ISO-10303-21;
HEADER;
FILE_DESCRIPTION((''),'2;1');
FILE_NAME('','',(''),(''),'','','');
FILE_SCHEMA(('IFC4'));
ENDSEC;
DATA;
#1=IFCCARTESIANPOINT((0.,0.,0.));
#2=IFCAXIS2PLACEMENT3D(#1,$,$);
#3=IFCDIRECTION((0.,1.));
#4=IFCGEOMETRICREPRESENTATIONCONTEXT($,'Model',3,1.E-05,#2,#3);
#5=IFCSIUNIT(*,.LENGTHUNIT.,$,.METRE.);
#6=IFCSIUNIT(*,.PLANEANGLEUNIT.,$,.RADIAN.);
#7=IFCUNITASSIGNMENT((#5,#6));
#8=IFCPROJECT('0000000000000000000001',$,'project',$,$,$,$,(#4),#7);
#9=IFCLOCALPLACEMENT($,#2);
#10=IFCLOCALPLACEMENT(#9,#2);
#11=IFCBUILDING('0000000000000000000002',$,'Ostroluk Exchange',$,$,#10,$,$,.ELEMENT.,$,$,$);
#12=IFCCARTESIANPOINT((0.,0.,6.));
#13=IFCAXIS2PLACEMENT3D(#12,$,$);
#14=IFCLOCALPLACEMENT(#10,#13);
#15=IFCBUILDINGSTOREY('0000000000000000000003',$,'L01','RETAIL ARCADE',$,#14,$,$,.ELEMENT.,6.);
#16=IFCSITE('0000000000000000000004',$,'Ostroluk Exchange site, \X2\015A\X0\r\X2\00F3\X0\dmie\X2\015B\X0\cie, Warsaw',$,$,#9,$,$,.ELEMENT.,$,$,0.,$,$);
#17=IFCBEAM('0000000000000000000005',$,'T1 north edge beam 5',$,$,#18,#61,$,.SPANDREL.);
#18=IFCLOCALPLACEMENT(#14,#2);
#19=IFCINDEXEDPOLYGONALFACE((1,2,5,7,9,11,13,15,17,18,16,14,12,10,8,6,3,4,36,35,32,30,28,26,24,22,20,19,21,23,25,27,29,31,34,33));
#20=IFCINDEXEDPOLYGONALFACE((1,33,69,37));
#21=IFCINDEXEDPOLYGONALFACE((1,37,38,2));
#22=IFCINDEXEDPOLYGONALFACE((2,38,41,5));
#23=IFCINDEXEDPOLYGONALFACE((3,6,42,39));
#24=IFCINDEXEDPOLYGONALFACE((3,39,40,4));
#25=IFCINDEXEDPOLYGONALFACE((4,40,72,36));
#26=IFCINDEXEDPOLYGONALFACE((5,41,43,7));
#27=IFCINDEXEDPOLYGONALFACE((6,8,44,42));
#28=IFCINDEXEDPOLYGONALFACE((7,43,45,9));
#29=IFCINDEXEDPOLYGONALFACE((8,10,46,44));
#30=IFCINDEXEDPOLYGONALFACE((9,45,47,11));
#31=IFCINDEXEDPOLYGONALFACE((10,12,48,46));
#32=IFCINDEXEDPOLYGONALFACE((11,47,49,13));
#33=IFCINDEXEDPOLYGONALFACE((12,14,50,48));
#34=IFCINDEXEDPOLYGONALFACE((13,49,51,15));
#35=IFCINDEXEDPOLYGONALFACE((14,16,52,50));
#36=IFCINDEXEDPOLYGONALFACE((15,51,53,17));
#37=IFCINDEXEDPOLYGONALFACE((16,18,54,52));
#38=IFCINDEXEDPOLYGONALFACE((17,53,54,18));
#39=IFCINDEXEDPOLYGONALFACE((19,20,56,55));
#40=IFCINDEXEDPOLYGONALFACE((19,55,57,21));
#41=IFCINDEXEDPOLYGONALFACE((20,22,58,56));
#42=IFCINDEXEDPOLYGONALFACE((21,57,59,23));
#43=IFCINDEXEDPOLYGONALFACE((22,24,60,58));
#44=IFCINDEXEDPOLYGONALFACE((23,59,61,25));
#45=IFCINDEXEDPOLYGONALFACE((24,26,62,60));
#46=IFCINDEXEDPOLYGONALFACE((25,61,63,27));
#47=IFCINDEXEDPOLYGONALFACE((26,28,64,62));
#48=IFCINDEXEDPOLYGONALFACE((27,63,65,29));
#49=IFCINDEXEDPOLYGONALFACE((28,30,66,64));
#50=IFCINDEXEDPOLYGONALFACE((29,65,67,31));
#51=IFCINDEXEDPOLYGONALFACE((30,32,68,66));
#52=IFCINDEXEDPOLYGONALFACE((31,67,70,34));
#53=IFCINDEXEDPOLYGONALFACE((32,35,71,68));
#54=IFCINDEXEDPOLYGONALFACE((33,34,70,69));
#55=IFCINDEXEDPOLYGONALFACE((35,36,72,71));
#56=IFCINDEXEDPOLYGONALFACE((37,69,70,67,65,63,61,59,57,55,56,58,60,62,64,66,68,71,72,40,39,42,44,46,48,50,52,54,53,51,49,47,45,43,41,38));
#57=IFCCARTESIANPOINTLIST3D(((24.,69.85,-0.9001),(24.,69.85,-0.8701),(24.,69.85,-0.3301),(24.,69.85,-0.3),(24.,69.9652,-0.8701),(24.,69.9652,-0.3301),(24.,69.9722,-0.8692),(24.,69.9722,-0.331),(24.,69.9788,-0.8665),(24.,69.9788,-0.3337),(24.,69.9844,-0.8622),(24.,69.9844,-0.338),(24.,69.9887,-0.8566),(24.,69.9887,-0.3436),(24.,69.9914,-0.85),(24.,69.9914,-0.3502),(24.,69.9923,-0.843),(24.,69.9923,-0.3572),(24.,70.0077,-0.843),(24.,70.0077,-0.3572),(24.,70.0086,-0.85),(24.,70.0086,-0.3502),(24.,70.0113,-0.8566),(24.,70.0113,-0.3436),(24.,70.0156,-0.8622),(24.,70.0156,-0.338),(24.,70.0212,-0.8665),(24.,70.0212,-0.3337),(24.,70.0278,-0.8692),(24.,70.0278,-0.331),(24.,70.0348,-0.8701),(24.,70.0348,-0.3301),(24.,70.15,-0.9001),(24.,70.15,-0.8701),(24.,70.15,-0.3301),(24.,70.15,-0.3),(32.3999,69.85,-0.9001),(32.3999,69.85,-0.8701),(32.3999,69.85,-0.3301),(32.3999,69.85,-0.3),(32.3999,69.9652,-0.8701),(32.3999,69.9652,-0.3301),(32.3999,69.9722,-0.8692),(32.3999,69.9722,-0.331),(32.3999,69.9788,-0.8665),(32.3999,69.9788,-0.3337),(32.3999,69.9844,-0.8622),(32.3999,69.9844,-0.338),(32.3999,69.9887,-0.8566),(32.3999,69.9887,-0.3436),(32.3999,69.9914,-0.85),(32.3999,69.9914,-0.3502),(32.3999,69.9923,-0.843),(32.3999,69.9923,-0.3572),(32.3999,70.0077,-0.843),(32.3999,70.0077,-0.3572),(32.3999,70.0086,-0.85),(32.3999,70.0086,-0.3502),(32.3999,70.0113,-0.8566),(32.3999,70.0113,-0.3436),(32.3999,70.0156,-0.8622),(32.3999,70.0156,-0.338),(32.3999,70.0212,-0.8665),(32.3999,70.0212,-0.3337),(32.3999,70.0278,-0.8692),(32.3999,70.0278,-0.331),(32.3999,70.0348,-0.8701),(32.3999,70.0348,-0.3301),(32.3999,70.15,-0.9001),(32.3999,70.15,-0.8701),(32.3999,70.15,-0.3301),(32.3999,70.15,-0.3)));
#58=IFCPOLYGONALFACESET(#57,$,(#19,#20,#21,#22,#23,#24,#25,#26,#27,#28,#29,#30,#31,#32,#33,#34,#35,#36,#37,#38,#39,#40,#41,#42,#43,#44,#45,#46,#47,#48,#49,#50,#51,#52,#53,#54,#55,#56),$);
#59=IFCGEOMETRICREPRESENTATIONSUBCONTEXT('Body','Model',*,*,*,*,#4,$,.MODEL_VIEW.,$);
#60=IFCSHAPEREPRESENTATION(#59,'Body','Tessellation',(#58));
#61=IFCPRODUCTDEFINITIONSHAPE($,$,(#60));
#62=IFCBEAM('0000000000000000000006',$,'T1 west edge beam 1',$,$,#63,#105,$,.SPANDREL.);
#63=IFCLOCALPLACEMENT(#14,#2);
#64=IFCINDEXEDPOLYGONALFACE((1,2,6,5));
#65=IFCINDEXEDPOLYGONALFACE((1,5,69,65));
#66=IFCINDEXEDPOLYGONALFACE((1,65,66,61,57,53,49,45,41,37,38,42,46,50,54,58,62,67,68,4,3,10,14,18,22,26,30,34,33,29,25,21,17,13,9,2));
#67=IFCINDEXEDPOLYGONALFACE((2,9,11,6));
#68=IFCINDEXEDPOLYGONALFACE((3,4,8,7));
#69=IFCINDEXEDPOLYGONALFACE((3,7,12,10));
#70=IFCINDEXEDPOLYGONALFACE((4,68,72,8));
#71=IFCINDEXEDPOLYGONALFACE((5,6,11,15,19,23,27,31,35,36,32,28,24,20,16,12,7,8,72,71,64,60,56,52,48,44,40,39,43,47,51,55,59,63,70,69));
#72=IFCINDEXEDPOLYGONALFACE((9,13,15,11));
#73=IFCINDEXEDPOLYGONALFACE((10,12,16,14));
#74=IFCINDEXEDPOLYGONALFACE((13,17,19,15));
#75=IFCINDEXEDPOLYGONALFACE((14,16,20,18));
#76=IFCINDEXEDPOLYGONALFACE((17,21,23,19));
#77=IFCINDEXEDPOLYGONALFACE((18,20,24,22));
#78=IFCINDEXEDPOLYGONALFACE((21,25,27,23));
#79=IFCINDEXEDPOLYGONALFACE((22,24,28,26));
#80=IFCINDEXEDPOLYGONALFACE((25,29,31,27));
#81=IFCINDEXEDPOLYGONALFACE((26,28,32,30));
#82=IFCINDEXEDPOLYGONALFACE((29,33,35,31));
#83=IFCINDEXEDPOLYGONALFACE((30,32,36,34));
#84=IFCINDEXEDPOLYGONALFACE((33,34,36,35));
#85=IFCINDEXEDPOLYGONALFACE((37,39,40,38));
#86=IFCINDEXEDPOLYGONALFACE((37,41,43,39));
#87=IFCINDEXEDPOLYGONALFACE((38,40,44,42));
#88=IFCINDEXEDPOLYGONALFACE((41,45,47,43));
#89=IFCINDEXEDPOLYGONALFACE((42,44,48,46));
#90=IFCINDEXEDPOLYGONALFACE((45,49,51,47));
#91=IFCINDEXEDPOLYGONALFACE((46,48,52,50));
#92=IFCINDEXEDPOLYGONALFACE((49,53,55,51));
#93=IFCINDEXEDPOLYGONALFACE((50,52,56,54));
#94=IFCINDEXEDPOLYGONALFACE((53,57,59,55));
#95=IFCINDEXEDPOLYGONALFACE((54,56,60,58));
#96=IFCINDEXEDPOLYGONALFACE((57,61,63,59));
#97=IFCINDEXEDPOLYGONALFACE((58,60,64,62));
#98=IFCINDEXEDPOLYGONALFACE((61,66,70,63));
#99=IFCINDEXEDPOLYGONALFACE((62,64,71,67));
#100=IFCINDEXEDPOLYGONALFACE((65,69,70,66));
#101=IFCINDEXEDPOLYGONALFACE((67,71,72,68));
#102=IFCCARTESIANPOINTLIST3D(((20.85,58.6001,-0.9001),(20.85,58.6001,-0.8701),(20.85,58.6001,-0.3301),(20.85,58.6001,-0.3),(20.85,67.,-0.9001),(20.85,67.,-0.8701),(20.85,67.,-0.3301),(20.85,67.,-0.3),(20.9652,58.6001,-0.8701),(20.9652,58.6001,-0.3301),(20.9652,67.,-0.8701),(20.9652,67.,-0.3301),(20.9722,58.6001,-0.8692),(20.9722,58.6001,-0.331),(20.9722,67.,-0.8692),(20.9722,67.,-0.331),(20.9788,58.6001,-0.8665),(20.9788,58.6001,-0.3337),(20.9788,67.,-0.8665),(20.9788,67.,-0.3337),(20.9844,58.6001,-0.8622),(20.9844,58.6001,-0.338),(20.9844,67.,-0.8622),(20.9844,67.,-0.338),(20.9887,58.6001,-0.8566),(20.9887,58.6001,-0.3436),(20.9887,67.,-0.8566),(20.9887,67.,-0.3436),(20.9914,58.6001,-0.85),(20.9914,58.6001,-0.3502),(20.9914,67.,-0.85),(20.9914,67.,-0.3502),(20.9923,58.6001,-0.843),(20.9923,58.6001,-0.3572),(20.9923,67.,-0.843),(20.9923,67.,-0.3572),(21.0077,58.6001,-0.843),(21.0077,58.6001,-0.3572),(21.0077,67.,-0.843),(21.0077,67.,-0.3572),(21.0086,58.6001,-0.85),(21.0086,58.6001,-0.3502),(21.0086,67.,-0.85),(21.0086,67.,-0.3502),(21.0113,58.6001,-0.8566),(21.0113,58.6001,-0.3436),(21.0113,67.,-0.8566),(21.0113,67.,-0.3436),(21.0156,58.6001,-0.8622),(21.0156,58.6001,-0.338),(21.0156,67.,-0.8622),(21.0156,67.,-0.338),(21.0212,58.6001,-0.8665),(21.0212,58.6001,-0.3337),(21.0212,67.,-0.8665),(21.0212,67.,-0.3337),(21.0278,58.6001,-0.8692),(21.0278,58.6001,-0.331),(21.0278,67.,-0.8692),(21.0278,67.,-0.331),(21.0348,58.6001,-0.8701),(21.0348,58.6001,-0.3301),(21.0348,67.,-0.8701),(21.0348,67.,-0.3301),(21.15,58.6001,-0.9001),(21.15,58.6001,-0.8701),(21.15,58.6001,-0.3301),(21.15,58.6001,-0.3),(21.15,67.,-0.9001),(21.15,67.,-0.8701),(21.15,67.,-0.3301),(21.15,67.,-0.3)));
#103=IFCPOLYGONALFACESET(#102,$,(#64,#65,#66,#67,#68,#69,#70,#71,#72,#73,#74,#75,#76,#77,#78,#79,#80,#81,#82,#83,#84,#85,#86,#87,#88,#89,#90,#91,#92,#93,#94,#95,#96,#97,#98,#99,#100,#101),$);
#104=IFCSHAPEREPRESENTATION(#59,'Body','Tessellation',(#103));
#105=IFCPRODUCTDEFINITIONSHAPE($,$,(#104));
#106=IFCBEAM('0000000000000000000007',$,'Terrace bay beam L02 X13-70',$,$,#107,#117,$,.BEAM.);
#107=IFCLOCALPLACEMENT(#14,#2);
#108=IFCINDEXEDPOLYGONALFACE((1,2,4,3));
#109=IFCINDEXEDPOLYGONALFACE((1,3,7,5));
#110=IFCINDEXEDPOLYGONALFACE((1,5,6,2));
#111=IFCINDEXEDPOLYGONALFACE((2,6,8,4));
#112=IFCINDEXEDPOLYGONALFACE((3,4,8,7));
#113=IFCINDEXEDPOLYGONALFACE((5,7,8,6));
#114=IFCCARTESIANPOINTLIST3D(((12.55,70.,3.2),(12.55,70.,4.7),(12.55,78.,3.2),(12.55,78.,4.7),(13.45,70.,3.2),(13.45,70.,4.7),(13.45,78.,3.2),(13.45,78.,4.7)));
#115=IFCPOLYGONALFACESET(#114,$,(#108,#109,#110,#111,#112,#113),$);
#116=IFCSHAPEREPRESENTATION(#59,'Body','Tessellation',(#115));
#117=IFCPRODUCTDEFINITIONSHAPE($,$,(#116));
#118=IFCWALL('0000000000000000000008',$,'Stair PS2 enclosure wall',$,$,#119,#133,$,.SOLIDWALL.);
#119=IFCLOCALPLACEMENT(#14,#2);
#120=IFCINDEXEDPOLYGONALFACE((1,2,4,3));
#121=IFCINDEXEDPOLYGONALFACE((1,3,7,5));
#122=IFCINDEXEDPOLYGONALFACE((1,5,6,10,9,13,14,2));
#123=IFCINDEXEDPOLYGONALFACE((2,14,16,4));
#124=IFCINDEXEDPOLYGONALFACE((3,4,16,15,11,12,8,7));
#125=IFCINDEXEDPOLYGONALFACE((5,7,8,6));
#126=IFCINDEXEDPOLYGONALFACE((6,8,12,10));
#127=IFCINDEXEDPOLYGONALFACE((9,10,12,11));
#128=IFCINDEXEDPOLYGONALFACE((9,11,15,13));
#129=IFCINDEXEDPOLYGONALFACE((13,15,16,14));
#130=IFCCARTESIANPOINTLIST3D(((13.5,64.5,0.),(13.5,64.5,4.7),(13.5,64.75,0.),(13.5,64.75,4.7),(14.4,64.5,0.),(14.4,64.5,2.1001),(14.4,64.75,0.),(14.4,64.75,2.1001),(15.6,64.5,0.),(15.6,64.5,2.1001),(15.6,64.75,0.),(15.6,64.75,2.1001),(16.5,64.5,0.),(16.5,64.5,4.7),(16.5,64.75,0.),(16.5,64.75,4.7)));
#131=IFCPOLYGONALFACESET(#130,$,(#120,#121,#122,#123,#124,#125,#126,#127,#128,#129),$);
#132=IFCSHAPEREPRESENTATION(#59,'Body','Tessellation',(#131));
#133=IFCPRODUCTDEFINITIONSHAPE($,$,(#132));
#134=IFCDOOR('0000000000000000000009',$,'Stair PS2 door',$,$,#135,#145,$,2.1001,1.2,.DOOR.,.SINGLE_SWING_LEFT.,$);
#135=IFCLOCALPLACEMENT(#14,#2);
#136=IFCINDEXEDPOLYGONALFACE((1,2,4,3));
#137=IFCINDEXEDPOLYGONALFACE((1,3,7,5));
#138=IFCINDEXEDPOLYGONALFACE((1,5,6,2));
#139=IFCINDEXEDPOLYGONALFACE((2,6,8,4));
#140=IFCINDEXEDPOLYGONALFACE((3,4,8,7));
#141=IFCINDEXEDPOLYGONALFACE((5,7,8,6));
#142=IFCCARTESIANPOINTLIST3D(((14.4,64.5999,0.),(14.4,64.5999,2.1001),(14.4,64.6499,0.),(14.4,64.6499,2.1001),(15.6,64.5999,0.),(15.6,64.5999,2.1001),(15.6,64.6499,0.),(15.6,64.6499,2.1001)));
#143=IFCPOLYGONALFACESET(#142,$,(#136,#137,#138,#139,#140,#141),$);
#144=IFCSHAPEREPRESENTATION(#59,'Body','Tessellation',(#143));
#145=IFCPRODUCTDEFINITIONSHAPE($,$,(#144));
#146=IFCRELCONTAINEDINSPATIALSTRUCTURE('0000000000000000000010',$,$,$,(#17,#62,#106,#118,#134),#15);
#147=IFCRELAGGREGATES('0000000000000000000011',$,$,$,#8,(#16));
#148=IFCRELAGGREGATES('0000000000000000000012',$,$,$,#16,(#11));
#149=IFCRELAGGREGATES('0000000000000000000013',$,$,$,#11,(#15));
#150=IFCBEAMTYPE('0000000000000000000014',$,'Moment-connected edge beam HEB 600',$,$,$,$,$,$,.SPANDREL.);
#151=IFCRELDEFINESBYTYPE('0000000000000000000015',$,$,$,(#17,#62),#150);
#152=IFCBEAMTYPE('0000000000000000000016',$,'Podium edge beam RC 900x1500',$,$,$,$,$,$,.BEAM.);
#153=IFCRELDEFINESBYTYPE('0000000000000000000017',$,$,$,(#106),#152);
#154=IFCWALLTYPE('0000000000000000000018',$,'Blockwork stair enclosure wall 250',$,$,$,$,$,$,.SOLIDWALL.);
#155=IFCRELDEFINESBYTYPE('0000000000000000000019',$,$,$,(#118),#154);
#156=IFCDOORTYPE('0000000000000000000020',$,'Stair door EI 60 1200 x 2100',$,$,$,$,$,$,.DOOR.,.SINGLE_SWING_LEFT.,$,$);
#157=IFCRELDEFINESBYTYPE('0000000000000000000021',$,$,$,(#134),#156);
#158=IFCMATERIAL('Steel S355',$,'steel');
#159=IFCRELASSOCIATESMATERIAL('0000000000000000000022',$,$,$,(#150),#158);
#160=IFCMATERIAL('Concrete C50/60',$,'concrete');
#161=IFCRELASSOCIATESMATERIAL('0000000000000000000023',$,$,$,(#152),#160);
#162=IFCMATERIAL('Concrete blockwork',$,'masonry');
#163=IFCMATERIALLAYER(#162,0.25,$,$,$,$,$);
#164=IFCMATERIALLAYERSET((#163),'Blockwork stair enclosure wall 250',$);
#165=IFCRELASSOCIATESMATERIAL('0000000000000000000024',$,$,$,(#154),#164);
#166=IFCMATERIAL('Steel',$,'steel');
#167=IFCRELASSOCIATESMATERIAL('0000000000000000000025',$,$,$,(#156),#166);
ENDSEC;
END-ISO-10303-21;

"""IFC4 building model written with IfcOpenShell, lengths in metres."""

from ifc_helpers import new_model, si_unit, direction, frame, frame_2d, origin, origin_2d, place, context, subcontext, project, spatial, rectangle, i_section, extrude, material, layer, layer_set, material_profile, profile_set, type_object, element, fill, save


model = new_model("IFC4")

# Units and contexts
model_context = context("Model", 3, precision=1e-05, world=origin(), true_north=direction((0.0, 1.0)))
body_context = subcontext(model_context, "Body", "Model", "MODEL_VIEW")
ifc_project = project(units=[si_unit("LENGTHUNIT", "METRE"), si_unit("PLANEANGLEUNIT", "RADIAN")], contexts=[model_context])

# Site, building, storey
site_placement = place(None, origin())
site = spatial("IfcSite", under=ifc_project, at=site_placement, Name="Ostroluk Exchange site, Śródmieście, Warsaw", CompositionType="ELEMENT", RefElevation=0.0)
building_placement = place(site_placement, origin())
building = spatial("IfcBuilding", under=site, at=building_placement, Name="Ostroluk Exchange", CompositionType="ELEMENT")
storey_placement = place(building_placement, frame((0.0, 0.0, 6.0)))
storey = spatial("IfcBuildingStorey", under=building, at=storey_placement, Name="L01", Description="RETAIL ARCADE", CompositionType="ELEMENT", Elevation=6.0)

# Beams
ifc_material_1 = material(Name="Steel S355", Category="steel")
ifc_material_profile_1 = material_profile(ifc_material_1, i_section(OverallWidth=0.3, OverallDepth=0.6001, WebThickness=0.0154, FlangeThickness=0.03, FilletRadius=0.0271, at=origin_2d()), Name="HEB 600")
ifc_profile_set_1 = profile_set([ifc_material_profile_1], Name="Steel S355")
beam_type_1 = type_object("IfcBeamType", Name="Moment-connected edge beam HEB 600", PredefinedType="SPANDREL", material=ifc_profile_set_1)
for number, where, z_axis, x_axis, name in (
    (1, (32.3999, 70.0, -0.6001), (-1.0, 0.0, 0.0), (0.0, -1.0, 0.0), "T1 north edge beam 5"),
    (2, (21.0, 67.0, -0.6001), (0.0, -1.0, 0.0), (1.0, 0.0, 0.0), "T1 west edge beam 1"),
):
    element("IfcBeam", number, at=place(storey_placement, frame(where, z_axis=z_axis, x_axis=x_axis)), inside=storey, type_object=beam_type_1, Name=name, PredefinedType="SPANDREL", context=body_context, shape_type="SweptSolid", body=[
        extrude(i_section(OverallWidth=0.3, OverallDepth=0.6001, WebThickness=0.0154, FlangeThickness=0.03, FilletRadius=0.0271, at=origin_2d()), origin(), (0.0, 0.0, 1.0), 8.3999),
    ])
ifc_material_2 = material(Name="Concrete C50/60", Category="concrete")
ifc_material_profile_2 = material_profile(ifc_material_2, rectangle(XDim=0.8999, YDim=1.5, at=origin_2d()), Name="RC 900x1500")
ifc_profile_set_2 = profile_set([ifc_material_profile_2], Name="Concrete C50/60")
beam_type_2 = type_object("IfcBeamType", Name="Podium edge beam RC 900x1500", PredefinedType="BEAM", material=ifc_profile_set_2)
beam_1_placement = place(storey_placement, frame((13.0, 70.0, 3.95), z_axis=(0.0, 1.0, 0.0), x_axis=(-1.0, 0.0, 0.0)))
element("IfcBeam", 3, at=beam_1_placement, inside=storey, type_object=beam_type_2, Name="Terrace bay beam L02 X13-70", PredefinedType="BEAM", context=body_context, shape_type="SweptSolid", body=[
    extrude(rectangle(XDim=0.8999, YDim=1.5, at=origin_2d()), origin(), (0.0, 0.0, 1.0), 8.0),
])

# Wall, opening, door
ifc_material_3 = material(Name="Concrete blockwork", Category="masonry")
ifc_layer_1 = layer(ifc_material_3, 0.25)
ifc_layer_set_1 = layer_set([ifc_layer_1], Name="Blockwork stair enclosure wall 250")
wall_type_1 = type_object("IfcWallType", Name="Blockwork stair enclosure wall 250", PredefinedType="SOLIDWALL", material=ifc_layer_set_1)
wall_1_placement = place(storey_placement, frame((13.5, 64.625, 0.0), z_axis=(0.0, 0.0, 1.0), x_axis=(1.0, 0.0, 0.0)))
wall_1 = element("IfcWall", 4, at=wall_1_placement, inside=storey, type_object=wall_type_1, Name="Stair PS2 enclosure wall", PredefinedType="SOLIDWALL", context=body_context, shape_type="SweptSolid", body=[
    extrude(rectangle(XDim=3.0, YDim=0.25, at=frame_2d((1.5, 0.0))), origin(), (0.0, 0.0, 1.0), 4.7),
])
opening_1_placement = place(wall_1_placement, frame((0.8999, 0.0, 0.0)))
opening_1 = element("IfcOpeningElement", 5, at=opening_1_placement, cuts=wall_1, PredefinedType="OPENING", context=body_context, shape_type="SweptSolid", body=[
    extrude(rectangle(XDim=1.2, YDim=2.1001, at=frame_2d((0.6001, 1.05))), frame((0.0, 0.135, 0.0), z_axis=(0.0, -1.0, 0.0), x_axis=(1.0, 0.0, 0.0)), (0.0, 0.0, 1.0), 0.27),
])
ifc_material_4 = material(Name="Steel", Category="steel")
door_type_1 = type_object("IfcDoorType", Name="Stair door EI 60 1200 x 2100", OperationType="SINGLE_SWING_LEFT", PredefinedType="DOOR", material=ifc_material_4)
door_1_placement = place(opening_1_placement, origin())
door_1 = element("IfcDoor", 6, at=door_1_placement, inside=storey, type_object=door_type_1, Name="Stair PS2 door", OperationType="SINGLE_SWING_LEFT", OverallHeight=2.1001, OverallWidth=1.2, PredefinedType="DOOR", context=body_context, shape_type="SweptSolid", body=[
    extrude(rectangle(XDim=1.2, YDim=2.1001, at=frame_2d((0.6001, 1.05))), frame((0.0, 0.0249, 0.0), z_axis=(0.0, -1.0, 0.0), x_axis=(1.0, 0.0, 0.0)), (0.0, 0.0, 1.0), 0.05),
])
fill(opening_1, door_1)

save(model, "model.ifc")
